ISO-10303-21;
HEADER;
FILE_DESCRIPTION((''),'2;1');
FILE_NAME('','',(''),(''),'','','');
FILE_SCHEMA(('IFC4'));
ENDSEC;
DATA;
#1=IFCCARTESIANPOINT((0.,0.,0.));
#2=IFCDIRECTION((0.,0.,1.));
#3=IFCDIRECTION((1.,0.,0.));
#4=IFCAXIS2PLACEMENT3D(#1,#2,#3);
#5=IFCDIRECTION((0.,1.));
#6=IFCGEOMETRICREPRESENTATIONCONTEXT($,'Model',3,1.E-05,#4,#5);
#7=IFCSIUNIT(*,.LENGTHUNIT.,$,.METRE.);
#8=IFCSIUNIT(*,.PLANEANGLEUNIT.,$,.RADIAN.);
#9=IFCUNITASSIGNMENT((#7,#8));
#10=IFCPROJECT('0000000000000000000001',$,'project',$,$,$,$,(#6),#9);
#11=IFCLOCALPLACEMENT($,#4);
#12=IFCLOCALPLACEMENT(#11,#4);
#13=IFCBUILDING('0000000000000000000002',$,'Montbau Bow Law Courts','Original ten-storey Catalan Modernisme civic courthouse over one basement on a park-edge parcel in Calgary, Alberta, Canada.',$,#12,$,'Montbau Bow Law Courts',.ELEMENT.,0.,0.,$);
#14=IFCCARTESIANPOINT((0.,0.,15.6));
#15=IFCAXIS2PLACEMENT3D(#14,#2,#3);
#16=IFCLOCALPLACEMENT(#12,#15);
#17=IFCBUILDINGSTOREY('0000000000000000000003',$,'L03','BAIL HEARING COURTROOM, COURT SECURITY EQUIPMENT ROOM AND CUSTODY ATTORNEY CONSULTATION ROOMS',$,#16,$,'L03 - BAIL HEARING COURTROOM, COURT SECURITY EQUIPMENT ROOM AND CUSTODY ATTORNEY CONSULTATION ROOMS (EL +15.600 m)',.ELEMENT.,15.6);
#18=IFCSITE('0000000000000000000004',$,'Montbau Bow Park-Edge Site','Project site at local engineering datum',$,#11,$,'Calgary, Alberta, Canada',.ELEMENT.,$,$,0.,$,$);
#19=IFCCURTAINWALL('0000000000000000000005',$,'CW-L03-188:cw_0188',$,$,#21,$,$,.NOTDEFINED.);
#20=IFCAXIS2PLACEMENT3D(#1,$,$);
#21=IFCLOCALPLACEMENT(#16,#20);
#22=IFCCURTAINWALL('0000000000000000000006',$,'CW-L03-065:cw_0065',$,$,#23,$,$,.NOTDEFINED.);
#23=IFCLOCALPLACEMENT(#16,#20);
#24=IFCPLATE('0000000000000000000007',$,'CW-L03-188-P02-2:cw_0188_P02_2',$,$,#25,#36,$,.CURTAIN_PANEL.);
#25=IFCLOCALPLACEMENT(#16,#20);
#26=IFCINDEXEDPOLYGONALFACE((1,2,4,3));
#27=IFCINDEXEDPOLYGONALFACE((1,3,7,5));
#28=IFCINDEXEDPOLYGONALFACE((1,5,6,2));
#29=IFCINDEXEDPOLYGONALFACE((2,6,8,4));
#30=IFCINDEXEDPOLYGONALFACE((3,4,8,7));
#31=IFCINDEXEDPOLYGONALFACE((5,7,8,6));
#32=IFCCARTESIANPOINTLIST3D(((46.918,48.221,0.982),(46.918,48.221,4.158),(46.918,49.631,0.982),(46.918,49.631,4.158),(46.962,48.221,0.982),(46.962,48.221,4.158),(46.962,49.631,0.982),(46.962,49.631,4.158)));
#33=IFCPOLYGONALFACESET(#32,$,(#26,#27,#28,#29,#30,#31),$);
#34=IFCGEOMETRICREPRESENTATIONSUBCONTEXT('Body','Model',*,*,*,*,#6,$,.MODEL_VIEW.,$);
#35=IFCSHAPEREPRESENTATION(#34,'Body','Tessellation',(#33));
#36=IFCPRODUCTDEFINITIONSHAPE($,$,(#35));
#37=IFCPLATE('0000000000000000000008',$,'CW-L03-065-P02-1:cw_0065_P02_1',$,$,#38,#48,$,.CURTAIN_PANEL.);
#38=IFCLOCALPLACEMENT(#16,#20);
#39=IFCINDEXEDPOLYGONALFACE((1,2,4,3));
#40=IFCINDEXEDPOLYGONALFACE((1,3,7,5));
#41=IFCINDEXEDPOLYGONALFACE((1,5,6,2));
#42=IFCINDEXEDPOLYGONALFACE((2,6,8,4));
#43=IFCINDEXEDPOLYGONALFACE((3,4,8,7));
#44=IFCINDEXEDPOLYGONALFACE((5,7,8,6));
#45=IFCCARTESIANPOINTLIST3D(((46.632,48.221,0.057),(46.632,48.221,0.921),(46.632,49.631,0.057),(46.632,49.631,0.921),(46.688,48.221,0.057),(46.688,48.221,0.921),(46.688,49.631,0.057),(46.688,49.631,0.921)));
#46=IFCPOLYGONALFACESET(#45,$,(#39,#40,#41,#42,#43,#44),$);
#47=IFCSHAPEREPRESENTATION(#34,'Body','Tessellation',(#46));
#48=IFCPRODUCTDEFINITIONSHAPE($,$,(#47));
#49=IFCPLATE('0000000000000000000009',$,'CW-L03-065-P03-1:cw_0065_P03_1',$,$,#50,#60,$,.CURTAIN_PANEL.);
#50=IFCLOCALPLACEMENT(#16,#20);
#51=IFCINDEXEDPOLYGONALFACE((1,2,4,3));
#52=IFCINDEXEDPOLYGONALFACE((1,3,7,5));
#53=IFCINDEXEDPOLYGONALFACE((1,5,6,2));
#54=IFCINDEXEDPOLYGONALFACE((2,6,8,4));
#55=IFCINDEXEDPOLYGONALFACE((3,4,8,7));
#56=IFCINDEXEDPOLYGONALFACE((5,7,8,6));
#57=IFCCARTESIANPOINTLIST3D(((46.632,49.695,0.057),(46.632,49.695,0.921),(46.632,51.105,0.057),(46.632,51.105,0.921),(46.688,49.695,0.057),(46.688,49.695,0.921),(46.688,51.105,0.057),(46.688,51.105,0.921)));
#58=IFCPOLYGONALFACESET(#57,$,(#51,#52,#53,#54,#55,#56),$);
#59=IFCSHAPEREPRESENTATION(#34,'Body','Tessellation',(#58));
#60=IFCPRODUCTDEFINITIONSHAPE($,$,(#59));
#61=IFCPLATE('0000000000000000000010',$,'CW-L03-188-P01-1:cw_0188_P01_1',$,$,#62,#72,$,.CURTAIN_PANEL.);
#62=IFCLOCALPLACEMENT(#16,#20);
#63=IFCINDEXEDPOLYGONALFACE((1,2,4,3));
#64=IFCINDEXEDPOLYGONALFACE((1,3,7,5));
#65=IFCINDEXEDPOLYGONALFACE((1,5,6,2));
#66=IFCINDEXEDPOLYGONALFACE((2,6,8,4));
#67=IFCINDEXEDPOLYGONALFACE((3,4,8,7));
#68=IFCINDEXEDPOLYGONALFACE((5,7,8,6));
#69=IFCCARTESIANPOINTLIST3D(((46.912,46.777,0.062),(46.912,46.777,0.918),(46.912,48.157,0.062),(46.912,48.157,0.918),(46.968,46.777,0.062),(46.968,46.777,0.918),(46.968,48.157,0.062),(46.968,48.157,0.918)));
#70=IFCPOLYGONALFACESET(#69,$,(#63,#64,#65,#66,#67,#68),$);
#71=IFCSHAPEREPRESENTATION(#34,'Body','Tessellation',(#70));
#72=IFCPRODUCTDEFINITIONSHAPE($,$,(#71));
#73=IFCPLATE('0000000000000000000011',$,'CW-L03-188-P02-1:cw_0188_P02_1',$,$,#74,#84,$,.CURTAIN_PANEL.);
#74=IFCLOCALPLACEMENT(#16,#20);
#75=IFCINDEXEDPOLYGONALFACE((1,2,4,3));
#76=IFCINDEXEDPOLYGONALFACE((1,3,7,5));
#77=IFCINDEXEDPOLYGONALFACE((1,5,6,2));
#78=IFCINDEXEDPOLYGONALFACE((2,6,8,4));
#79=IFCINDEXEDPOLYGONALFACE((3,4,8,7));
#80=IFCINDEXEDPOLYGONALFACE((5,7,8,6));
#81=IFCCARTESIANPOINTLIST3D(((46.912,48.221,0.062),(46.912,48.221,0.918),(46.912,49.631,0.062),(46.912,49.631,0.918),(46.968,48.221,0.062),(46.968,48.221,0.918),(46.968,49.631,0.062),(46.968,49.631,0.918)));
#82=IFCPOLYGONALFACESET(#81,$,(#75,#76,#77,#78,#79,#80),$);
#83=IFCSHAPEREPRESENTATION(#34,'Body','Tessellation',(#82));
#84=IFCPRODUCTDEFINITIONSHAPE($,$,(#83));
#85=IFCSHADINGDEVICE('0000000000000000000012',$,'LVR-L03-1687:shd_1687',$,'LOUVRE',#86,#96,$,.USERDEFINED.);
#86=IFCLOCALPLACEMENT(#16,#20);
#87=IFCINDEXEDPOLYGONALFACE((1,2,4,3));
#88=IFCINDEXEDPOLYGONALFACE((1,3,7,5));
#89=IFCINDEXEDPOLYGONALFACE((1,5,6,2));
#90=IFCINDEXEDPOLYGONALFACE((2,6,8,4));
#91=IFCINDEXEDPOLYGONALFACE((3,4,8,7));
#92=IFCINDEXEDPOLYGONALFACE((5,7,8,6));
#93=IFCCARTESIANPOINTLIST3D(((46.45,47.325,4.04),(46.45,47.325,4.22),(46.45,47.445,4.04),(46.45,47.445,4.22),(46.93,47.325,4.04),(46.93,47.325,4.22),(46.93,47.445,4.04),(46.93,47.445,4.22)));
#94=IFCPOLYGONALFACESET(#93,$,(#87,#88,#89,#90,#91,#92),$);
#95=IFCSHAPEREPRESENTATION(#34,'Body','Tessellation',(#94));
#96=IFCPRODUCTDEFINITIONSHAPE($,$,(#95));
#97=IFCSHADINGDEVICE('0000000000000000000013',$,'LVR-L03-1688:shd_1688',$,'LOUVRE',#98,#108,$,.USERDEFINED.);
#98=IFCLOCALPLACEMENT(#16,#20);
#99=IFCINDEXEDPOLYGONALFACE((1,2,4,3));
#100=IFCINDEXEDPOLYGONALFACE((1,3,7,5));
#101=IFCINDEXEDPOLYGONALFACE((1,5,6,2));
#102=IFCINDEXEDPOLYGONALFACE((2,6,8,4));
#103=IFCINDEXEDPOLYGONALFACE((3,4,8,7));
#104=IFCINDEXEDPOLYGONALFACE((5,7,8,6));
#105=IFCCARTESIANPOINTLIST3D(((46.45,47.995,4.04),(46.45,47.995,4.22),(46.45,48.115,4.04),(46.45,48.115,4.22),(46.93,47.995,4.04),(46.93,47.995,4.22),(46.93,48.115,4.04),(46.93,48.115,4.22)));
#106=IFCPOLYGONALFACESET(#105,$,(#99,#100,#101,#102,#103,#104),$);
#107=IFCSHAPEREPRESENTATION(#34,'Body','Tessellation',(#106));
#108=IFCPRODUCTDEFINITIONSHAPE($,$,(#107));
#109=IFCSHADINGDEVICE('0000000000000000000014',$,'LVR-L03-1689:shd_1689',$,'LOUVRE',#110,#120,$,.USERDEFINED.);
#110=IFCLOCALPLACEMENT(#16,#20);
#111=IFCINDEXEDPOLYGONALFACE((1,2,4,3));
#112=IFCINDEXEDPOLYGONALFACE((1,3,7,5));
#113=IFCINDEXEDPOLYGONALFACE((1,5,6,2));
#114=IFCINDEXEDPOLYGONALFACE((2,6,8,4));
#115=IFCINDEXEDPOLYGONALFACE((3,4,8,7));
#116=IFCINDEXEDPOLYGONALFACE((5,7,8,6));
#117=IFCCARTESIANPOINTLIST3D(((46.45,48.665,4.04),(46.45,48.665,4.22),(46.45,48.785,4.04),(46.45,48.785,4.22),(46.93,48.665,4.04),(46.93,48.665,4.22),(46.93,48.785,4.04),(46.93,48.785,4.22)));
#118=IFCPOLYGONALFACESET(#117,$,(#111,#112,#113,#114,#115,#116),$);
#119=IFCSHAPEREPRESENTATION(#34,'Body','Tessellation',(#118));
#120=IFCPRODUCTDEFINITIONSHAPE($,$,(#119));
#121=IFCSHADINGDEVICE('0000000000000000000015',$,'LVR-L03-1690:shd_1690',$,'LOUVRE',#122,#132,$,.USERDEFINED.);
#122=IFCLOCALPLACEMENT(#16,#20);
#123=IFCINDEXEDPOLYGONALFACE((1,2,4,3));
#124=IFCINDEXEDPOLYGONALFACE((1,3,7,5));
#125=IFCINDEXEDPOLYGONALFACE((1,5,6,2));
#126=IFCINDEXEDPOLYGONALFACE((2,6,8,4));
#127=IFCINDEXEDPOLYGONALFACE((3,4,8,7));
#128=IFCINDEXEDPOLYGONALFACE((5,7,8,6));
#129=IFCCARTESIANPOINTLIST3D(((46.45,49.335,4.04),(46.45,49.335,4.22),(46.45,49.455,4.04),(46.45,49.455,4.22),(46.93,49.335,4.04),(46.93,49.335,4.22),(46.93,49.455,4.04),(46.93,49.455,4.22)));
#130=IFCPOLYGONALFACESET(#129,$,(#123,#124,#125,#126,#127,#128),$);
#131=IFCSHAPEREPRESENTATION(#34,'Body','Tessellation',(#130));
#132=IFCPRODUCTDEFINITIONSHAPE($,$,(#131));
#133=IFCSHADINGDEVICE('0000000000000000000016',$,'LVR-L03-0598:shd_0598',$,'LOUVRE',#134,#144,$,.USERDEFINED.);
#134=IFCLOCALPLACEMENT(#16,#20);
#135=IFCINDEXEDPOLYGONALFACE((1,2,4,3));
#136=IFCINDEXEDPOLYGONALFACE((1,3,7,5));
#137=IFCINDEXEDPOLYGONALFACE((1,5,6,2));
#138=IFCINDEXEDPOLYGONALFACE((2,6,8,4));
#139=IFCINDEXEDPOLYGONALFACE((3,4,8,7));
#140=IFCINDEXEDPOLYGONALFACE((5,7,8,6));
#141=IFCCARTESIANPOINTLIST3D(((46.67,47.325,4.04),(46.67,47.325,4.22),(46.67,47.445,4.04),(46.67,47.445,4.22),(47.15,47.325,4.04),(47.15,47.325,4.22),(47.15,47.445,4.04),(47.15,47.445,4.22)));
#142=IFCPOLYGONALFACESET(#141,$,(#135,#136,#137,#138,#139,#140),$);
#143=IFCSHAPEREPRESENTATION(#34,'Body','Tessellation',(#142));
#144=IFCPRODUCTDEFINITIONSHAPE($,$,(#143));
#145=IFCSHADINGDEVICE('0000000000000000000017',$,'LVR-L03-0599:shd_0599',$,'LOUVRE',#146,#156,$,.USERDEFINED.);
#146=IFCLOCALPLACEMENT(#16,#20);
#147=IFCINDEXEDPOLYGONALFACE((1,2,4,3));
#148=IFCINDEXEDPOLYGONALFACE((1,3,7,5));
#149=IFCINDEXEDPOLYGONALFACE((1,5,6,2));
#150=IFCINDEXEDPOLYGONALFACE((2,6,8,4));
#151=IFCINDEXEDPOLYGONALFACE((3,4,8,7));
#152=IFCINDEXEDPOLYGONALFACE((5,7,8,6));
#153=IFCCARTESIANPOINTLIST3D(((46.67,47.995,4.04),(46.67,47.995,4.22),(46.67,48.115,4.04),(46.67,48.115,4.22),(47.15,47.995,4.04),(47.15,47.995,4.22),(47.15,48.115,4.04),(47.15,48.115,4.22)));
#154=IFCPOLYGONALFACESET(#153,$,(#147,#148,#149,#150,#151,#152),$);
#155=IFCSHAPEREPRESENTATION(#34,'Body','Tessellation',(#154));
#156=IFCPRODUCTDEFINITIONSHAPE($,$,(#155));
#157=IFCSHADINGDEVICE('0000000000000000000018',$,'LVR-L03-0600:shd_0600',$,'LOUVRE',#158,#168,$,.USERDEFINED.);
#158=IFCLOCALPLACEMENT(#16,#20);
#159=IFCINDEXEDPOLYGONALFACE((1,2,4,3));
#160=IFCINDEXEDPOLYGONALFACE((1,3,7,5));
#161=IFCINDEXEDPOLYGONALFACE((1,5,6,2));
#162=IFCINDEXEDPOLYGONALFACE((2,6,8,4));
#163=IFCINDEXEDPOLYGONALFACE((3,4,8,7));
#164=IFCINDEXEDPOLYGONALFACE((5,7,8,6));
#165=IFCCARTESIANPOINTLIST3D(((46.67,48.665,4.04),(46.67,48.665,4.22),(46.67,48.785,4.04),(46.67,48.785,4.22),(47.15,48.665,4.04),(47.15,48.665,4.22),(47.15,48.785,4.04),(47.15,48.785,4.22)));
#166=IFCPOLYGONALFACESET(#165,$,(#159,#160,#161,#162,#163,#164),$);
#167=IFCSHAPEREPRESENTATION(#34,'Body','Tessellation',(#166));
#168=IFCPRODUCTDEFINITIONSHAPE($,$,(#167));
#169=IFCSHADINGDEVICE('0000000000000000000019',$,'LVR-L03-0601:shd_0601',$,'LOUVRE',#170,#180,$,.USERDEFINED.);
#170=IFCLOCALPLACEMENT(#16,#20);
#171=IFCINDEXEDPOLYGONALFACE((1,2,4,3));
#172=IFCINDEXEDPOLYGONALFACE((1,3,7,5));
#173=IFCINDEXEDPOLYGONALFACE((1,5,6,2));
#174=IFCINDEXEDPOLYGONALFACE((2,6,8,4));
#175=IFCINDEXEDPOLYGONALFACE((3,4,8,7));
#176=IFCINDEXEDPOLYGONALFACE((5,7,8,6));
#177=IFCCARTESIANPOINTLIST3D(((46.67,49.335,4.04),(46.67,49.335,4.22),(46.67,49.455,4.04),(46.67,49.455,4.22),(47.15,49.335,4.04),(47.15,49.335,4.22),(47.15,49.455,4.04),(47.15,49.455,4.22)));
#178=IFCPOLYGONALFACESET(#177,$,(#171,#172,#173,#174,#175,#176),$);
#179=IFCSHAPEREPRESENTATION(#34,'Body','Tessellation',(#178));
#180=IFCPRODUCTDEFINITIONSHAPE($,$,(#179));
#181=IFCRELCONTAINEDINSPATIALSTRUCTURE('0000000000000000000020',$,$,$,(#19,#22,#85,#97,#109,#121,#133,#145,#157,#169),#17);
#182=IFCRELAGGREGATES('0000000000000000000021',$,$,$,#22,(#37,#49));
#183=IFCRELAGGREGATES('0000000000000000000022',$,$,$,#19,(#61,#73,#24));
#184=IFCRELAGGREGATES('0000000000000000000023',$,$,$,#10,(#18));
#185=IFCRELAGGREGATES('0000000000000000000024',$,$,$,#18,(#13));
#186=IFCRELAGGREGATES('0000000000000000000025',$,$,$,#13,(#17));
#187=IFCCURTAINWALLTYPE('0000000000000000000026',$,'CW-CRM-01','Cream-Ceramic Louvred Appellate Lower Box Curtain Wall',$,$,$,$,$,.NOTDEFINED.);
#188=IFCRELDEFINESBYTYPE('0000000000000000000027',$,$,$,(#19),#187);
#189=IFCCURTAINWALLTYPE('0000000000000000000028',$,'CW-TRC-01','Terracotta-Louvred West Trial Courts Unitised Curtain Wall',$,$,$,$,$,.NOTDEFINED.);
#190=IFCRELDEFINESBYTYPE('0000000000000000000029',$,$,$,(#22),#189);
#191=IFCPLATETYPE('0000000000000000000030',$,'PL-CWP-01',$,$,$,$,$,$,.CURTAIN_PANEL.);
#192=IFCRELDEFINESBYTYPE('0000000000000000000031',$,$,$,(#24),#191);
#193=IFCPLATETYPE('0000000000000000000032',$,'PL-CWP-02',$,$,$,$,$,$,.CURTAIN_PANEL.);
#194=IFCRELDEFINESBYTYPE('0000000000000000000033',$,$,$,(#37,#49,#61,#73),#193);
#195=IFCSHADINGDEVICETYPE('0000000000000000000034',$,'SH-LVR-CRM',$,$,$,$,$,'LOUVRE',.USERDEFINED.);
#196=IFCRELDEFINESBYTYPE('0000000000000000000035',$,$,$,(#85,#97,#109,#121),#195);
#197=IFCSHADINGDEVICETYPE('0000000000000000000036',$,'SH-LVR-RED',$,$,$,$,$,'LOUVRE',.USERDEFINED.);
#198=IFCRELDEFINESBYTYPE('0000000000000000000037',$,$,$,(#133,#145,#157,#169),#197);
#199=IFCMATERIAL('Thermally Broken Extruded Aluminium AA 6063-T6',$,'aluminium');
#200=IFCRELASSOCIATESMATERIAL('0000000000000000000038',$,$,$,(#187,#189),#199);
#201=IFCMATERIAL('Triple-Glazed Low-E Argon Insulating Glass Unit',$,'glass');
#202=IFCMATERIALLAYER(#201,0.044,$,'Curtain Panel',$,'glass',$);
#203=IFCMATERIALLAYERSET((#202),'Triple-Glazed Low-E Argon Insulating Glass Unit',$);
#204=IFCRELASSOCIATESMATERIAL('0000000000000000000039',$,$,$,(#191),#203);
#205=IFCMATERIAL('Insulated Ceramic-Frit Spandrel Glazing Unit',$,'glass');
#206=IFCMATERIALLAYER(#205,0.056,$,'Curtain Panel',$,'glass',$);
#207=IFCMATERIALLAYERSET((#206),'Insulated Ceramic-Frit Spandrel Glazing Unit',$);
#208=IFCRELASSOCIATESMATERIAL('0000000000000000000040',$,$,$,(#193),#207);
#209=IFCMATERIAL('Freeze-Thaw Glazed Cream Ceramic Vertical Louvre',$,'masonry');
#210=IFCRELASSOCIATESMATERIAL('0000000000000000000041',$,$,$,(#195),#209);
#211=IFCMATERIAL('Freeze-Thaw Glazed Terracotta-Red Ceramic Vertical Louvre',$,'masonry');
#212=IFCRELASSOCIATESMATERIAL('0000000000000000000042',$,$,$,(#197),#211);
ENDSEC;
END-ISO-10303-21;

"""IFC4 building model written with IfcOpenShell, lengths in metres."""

from ifc_helpers import new_model, si_unit, direction, frame, frame_2d, origin_with_axes, origin_2d_with_axis, place, context, subcontext, project, spatial, rectangle, extrude, material, layer, layer_set, type_object, element, aggregate, save


model = new_model("IFC4")

# Units and contexts
model_context = context("Model", 3, precision=1e-05, world=origin_with_axes(), true_north=direction((0.0, 1.0)))
body_context = subcontext(model_context, "Body", "Model", "MODEL_VIEW")
ifc_project = project(units=[si_unit("LENGTHUNIT", "METRE"), si_unit("PLANEANGLEUNIT", "RADIAN")], contexts=[model_context])

# Site, building, storey
site_placement = place(None, origin_with_axes())
site = spatial("IfcSite", under=ifc_project, at=site_placement, Name="Montbau Bow Park-Edge Site", Description="Project site at local engineering datum", LongName="Calgary, Alberta, Canada", CompositionType="ELEMENT", RefElevation=0.0)
building_placement = place(site_placement, origin_with_axes())
building = spatial("IfcBuilding", under=site, at=building_placement, Name="Montbau Bow Law Courts", Description="Original ten-storey Catalan Modernisme civic courthouse over one basement on a park-edge parcel in Calgary, Alberta, Canada.", LongName="Montbau Bow Law Courts", CompositionType="ELEMENT", ElevationOfRefHeight=0.0, ElevationOfTerrain=0.0)
storey_placement = place(building_placement, frame((0.0, 0.0, 15.6), z_axis=(0.0, 0.0, 1.0), x_axis=(1.0, 0.0, 0.0)))
storey = spatial("IfcBuildingStorey", under=building, at=storey_placement, Name="L03", Description="BAIL HEARING COURTROOM, COURT SECURITY EQUIPMENT ROOM AND CUSTODY ATTORNEY CONSULTATION ROOMS", LongName="L03 - BAIL HEARING COURTROOM, COURT SECURITY EQUIPMENT ROOM AND CUSTODY ATTORNEY CONSULTATION ROOMS (EL +15.600 m)", CompositionType="ELEMENT", Elevation=15.6)

# Curtain wall
ifc_material_1 = material(Name="Thermally Broken Extruded Aluminium AA 6063-T6", Category="aluminium")
curtain_wall_type_1 = type_object("IfcCurtainWallType", Name="CW-CRM-01", Description="Cream-Ceramic Louvred Appellate Lower Box Curtain Wall", PredefinedType="NOTDEFINED", material=ifc_material_1)
curtain_wall_1_placement = place(None, frame((46.94, 46.715, 15.6), z_axis=(0.0, 0.0, 1.0), x_axis=(1.0, 0.0, 0.0)))
curtain_wall_1 = element("IfcCurtainWall", 1, at=curtain_wall_1_placement, inside=storey, type_object=curtain_wall_type_1, Name="CW-L03-188:cw_0188", PredefinedType="NOTDEFINED")

# Curtain wall
curtain_wall_type_2 = type_object("IfcCurtainWallType", Name="CW-TRC-01", Description="Terracotta-Louvred West Trial Courts Unitised Curtain Wall", PredefinedType="NOTDEFINED", material=ifc_material_1)
curtain_wall_2_placement = place(None, frame((46.66, 46.715, 15.6), z_axis=(0.0, 0.0, 1.0), x_axis=(1.0, 0.0, 0.0)))
curtain_wall_2 = element("IfcCurtainWall", 2, at=curtain_wall_2_placement, inside=storey, type_object=curtain_wall_type_2, Name="CW-L03-065:cw_0065", PredefinedType="NOTDEFINED")
ifc_material_2 = material(Name="Triple-Glazed Low-E Argon Insulating Glass Unit", Category="glass")
ifc_layer_1 = layer(ifc_material_2, 0.044, Name="Curtain Panel", Category="glass")
ifc_layer_set_1 = layer_set([ifc_layer_1], Name="Triple-Glazed Low-E Argon Insulating Glass Unit")
plate_type_1 = type_object("IfcPlateType", Name="PL-CWP-01", PredefinedType="CURTAIN_PANEL", material=ifc_layer_set_1)

# Plates
plate_1_placement = place(None, frame((46.94, 48.221, 16.582), z_axis=(1.0, 0.0, 0.0), x_axis=(0.0, 1.0, 0.0)))
plate_1 = element("IfcPlate", 3, at=plate_1_placement, type_object=plate_type_1, Name="CW-L03-188-P02-2:cw_0188_P02_2", PredefinedType="CURTAIN_PANEL", context=body_context, shape_type="SweptSolid", body=[
    extrude(rectangle(XDim=1.41, YDim=3.176, at=frame_2d((0.705, 1.588), x_axis=(1.0, 0.0))), frame((0.0, 0.0, -0.022), z_axis=(0.0, 0.0, 1.0), x_axis=(1.0, 0.0, 0.0)), (0.0, 0.0, 1.0), 0.044),
])
ifc_material_3 = material(Name="Insulated Ceramic-Frit Spandrel Glazing Unit", Category="glass")
ifc_layer_2 = layer(ifc_material_3, 0.056, Name="Curtain Panel", Category="glass")
ifc_layer_set_2 = layer_set([ifc_layer_2], Name="Insulated Ceramic-Frit Spandrel Glazing Unit")
plate_type_2 = type_object("IfcPlateType", Name="PL-CWP-02", PredefinedType="CURTAIN_PANEL", material=ifc_layer_set_2)
plate_2_placement = place(None, frame((46.66, 48.221, 15.657), z_axis=(1.0, 0.0, 0.0), x_axis=(0.0, 1.0, 0.0)))
plate_2 = element("IfcPlate", 4, at=plate_2_placement, type_object=plate_type_2, Name="CW-L03-065-P02-1:cw_0065_P02_1", PredefinedType="CURTAIN_PANEL", context=body_context, shape_type="SweptSolid", body=[
    extrude(rectangle(XDim=1.41, YDim=0.864, at=frame_2d((0.705, 0.432), x_axis=(1.0, 0.0))), frame((0.0, 0.0, -0.028), z_axis=(0.0, 0.0, 1.0), x_axis=(1.0, 0.0, 0.0)), (0.0, 0.0, 1.0), 0.056),
])
plate_3_placement = place(None, frame((46.66, 49.695, 15.657), z_axis=(1.0, 0.0, 0.0), x_axis=(0.0, 1.0, 0.0)))
plate_3 = element("IfcPlate", 5, at=plate_3_placement, type_object=plate_type_2, Name="CW-L03-065-P03-1:cw_0065_P03_1", PredefinedType="CURTAIN_PANEL", context=body_context, shape_type="SweptSolid", body=[
    extrude(rectangle(XDim=1.41, YDim=0.864, at=frame_2d((0.705, 0.432), x_axis=(1.0, 0.0))), frame((0.0, 0.0, -0.028), z_axis=(0.0, 0.0, 1.0), x_axis=(1.0, 0.0, 0.0)), (0.0, 0.0, 1.0), 0.056),
])
aggregate(curtain_wall_2, [plate_2, plate_3])
plate_4_placement = place(None, frame((46.94, 46.777, 15.662), z_axis=(1.0, 0.0, 0.0), x_axis=(0.0, 1.0, 0.0)))
plate_4 = element("IfcPlate", 6, at=plate_4_placement, type_object=plate_type_2, Name="CW-L03-188-P01-1:cw_0188_P01_1", PredefinedType="CURTAIN_PANEL", context=body_context, shape_type="SweptSolid", body=[
    extrude(rectangle(XDim=1.38, YDim=0.856, at=frame_2d((0.69, 0.428), x_axis=(1.0, 0.0))), frame((0.0, 0.0, -0.028), z_axis=(0.0, 0.0, 1.0), x_axis=(1.0, 0.0, 0.0)), (0.0, 0.0, 1.0), 0.056),
])
plate_5_placement = place(None, frame((46.94, 48.221, 15.662), z_axis=(1.0, 0.0, 0.0), x_axis=(0.0, 1.0, 0.0)))
plate_5 = element("IfcPlate", 7, at=plate_5_placement, type_object=plate_type_2, Name="CW-L03-188-P02-1:cw_0188_P02_1", PredefinedType="CURTAIN_PANEL", context=body_context, shape_type="SweptSolid", body=[
    extrude(rectangle(XDim=1.41, YDim=0.856, at=frame_2d((0.705, 0.428), x_axis=(1.0, 0.0))), frame((0.0, 0.0, -0.028), z_axis=(0.0, 0.0, 1.0), x_axis=(1.0, 0.0, 0.0)), (0.0, 0.0, 1.0), 0.056),
])
aggregate(curtain_wall_1, [plate_4, plate_5, plate_1])

# Shading devices
ifc_material_4 = material(Name="Freeze-Thaw Glazed Cream Ceramic Vertical Louvre", Category="masonry")
shading_device_type_1 = type_object("IfcShadingDeviceType", Name="SH-LVR-CRM", ElementType="LOUVRE", PredefinedType="USERDEFINED", material=ifc_material_4)
for number, where, z_axis, x_axis, name in (
    (8, (46.69, 47.385, 19.64), (0.0, 0.0, 1.0), (-1.0, 0.0, 0.0), "LVR-L03-1687:shd_1687"),
    (9, (46.69, 48.055, 19.64), (0.0, 0.0, 1.0), (-1.0, 0.0, 0.0), "LVR-L03-1688:shd_1688"),
    (10, (46.69, 48.725, 19.64), (0.0, 0.0, 1.0), (-1.0, 0.0, 0.0), "LVR-L03-1689:shd_1689"),
    (11, (46.69, 49.395, 19.64), (0.0, 0.0, 1.0), (-1.0, 0.0, 0.0), "LVR-L03-1690:shd_1690"),
):
    element("IfcShadingDevice", number, at=place(None, frame(where, z_axis=z_axis, x_axis=x_axis)), inside=storey, type_object=shading_device_type_1, Name=name, ObjectType="LOUVRE", PredefinedType="USERDEFINED", context=body_context, shape_type="SweptSolid", body=[
        extrude(rectangle(XDim=0.48, YDim=0.12, at=origin_2d_with_axis()), origin_with_axes(), (0.0, 0.0, 1.0), 0.18),
    ])
ifc_material_5 = material(Name="Freeze-Thaw Glazed Terracotta-Red Ceramic Vertical Louvre", Category="masonry")
shading_device_type_2 = type_object("IfcShadingDeviceType", Name="SH-LVR-RED", ElementType="LOUVRE", PredefinedType="USERDEFINED", material=ifc_material_5)
for number, where, z_axis, x_axis, name in (
    (12, (46.91, 47.385, 19.64), (0.0, 0.0, 1.0), (1.0, 0.0, 0.0), "LVR-L03-0598:shd_0598"),
    (13, (46.91, 48.055, 19.64), (0.0, 0.0, 1.0), (1.0, 0.0, 0.0), "LVR-L03-0599:shd_0599"),
    (14, (46.91, 48.725, 19.64), (0.0, 0.0, 1.0), (1.0, 0.0, 0.0), "LVR-L03-0600:shd_0600"),
    (15, (46.91, 49.395, 19.64), (0.0, 0.0, 1.0), (1.0, 0.0, 0.0), "LVR-L03-0601:shd_0601"),
):
    element("IfcShadingDevice", number, at=place(None, frame(where, z_axis=z_axis, x_axis=x_axis)), inside=storey, type_object=shading_device_type_2, Name=name, ObjectType="LOUVRE", PredefinedType="USERDEFINED", context=body_context, shape_type="SweptSolid", body=[
        extrude(rectangle(XDim=0.48, YDim=0.12, at=origin_2d_with_axis()), origin_with_axes(), (0.0, 0.0, 1.0), 0.18),
    ])

save(model, "model.ifc")
